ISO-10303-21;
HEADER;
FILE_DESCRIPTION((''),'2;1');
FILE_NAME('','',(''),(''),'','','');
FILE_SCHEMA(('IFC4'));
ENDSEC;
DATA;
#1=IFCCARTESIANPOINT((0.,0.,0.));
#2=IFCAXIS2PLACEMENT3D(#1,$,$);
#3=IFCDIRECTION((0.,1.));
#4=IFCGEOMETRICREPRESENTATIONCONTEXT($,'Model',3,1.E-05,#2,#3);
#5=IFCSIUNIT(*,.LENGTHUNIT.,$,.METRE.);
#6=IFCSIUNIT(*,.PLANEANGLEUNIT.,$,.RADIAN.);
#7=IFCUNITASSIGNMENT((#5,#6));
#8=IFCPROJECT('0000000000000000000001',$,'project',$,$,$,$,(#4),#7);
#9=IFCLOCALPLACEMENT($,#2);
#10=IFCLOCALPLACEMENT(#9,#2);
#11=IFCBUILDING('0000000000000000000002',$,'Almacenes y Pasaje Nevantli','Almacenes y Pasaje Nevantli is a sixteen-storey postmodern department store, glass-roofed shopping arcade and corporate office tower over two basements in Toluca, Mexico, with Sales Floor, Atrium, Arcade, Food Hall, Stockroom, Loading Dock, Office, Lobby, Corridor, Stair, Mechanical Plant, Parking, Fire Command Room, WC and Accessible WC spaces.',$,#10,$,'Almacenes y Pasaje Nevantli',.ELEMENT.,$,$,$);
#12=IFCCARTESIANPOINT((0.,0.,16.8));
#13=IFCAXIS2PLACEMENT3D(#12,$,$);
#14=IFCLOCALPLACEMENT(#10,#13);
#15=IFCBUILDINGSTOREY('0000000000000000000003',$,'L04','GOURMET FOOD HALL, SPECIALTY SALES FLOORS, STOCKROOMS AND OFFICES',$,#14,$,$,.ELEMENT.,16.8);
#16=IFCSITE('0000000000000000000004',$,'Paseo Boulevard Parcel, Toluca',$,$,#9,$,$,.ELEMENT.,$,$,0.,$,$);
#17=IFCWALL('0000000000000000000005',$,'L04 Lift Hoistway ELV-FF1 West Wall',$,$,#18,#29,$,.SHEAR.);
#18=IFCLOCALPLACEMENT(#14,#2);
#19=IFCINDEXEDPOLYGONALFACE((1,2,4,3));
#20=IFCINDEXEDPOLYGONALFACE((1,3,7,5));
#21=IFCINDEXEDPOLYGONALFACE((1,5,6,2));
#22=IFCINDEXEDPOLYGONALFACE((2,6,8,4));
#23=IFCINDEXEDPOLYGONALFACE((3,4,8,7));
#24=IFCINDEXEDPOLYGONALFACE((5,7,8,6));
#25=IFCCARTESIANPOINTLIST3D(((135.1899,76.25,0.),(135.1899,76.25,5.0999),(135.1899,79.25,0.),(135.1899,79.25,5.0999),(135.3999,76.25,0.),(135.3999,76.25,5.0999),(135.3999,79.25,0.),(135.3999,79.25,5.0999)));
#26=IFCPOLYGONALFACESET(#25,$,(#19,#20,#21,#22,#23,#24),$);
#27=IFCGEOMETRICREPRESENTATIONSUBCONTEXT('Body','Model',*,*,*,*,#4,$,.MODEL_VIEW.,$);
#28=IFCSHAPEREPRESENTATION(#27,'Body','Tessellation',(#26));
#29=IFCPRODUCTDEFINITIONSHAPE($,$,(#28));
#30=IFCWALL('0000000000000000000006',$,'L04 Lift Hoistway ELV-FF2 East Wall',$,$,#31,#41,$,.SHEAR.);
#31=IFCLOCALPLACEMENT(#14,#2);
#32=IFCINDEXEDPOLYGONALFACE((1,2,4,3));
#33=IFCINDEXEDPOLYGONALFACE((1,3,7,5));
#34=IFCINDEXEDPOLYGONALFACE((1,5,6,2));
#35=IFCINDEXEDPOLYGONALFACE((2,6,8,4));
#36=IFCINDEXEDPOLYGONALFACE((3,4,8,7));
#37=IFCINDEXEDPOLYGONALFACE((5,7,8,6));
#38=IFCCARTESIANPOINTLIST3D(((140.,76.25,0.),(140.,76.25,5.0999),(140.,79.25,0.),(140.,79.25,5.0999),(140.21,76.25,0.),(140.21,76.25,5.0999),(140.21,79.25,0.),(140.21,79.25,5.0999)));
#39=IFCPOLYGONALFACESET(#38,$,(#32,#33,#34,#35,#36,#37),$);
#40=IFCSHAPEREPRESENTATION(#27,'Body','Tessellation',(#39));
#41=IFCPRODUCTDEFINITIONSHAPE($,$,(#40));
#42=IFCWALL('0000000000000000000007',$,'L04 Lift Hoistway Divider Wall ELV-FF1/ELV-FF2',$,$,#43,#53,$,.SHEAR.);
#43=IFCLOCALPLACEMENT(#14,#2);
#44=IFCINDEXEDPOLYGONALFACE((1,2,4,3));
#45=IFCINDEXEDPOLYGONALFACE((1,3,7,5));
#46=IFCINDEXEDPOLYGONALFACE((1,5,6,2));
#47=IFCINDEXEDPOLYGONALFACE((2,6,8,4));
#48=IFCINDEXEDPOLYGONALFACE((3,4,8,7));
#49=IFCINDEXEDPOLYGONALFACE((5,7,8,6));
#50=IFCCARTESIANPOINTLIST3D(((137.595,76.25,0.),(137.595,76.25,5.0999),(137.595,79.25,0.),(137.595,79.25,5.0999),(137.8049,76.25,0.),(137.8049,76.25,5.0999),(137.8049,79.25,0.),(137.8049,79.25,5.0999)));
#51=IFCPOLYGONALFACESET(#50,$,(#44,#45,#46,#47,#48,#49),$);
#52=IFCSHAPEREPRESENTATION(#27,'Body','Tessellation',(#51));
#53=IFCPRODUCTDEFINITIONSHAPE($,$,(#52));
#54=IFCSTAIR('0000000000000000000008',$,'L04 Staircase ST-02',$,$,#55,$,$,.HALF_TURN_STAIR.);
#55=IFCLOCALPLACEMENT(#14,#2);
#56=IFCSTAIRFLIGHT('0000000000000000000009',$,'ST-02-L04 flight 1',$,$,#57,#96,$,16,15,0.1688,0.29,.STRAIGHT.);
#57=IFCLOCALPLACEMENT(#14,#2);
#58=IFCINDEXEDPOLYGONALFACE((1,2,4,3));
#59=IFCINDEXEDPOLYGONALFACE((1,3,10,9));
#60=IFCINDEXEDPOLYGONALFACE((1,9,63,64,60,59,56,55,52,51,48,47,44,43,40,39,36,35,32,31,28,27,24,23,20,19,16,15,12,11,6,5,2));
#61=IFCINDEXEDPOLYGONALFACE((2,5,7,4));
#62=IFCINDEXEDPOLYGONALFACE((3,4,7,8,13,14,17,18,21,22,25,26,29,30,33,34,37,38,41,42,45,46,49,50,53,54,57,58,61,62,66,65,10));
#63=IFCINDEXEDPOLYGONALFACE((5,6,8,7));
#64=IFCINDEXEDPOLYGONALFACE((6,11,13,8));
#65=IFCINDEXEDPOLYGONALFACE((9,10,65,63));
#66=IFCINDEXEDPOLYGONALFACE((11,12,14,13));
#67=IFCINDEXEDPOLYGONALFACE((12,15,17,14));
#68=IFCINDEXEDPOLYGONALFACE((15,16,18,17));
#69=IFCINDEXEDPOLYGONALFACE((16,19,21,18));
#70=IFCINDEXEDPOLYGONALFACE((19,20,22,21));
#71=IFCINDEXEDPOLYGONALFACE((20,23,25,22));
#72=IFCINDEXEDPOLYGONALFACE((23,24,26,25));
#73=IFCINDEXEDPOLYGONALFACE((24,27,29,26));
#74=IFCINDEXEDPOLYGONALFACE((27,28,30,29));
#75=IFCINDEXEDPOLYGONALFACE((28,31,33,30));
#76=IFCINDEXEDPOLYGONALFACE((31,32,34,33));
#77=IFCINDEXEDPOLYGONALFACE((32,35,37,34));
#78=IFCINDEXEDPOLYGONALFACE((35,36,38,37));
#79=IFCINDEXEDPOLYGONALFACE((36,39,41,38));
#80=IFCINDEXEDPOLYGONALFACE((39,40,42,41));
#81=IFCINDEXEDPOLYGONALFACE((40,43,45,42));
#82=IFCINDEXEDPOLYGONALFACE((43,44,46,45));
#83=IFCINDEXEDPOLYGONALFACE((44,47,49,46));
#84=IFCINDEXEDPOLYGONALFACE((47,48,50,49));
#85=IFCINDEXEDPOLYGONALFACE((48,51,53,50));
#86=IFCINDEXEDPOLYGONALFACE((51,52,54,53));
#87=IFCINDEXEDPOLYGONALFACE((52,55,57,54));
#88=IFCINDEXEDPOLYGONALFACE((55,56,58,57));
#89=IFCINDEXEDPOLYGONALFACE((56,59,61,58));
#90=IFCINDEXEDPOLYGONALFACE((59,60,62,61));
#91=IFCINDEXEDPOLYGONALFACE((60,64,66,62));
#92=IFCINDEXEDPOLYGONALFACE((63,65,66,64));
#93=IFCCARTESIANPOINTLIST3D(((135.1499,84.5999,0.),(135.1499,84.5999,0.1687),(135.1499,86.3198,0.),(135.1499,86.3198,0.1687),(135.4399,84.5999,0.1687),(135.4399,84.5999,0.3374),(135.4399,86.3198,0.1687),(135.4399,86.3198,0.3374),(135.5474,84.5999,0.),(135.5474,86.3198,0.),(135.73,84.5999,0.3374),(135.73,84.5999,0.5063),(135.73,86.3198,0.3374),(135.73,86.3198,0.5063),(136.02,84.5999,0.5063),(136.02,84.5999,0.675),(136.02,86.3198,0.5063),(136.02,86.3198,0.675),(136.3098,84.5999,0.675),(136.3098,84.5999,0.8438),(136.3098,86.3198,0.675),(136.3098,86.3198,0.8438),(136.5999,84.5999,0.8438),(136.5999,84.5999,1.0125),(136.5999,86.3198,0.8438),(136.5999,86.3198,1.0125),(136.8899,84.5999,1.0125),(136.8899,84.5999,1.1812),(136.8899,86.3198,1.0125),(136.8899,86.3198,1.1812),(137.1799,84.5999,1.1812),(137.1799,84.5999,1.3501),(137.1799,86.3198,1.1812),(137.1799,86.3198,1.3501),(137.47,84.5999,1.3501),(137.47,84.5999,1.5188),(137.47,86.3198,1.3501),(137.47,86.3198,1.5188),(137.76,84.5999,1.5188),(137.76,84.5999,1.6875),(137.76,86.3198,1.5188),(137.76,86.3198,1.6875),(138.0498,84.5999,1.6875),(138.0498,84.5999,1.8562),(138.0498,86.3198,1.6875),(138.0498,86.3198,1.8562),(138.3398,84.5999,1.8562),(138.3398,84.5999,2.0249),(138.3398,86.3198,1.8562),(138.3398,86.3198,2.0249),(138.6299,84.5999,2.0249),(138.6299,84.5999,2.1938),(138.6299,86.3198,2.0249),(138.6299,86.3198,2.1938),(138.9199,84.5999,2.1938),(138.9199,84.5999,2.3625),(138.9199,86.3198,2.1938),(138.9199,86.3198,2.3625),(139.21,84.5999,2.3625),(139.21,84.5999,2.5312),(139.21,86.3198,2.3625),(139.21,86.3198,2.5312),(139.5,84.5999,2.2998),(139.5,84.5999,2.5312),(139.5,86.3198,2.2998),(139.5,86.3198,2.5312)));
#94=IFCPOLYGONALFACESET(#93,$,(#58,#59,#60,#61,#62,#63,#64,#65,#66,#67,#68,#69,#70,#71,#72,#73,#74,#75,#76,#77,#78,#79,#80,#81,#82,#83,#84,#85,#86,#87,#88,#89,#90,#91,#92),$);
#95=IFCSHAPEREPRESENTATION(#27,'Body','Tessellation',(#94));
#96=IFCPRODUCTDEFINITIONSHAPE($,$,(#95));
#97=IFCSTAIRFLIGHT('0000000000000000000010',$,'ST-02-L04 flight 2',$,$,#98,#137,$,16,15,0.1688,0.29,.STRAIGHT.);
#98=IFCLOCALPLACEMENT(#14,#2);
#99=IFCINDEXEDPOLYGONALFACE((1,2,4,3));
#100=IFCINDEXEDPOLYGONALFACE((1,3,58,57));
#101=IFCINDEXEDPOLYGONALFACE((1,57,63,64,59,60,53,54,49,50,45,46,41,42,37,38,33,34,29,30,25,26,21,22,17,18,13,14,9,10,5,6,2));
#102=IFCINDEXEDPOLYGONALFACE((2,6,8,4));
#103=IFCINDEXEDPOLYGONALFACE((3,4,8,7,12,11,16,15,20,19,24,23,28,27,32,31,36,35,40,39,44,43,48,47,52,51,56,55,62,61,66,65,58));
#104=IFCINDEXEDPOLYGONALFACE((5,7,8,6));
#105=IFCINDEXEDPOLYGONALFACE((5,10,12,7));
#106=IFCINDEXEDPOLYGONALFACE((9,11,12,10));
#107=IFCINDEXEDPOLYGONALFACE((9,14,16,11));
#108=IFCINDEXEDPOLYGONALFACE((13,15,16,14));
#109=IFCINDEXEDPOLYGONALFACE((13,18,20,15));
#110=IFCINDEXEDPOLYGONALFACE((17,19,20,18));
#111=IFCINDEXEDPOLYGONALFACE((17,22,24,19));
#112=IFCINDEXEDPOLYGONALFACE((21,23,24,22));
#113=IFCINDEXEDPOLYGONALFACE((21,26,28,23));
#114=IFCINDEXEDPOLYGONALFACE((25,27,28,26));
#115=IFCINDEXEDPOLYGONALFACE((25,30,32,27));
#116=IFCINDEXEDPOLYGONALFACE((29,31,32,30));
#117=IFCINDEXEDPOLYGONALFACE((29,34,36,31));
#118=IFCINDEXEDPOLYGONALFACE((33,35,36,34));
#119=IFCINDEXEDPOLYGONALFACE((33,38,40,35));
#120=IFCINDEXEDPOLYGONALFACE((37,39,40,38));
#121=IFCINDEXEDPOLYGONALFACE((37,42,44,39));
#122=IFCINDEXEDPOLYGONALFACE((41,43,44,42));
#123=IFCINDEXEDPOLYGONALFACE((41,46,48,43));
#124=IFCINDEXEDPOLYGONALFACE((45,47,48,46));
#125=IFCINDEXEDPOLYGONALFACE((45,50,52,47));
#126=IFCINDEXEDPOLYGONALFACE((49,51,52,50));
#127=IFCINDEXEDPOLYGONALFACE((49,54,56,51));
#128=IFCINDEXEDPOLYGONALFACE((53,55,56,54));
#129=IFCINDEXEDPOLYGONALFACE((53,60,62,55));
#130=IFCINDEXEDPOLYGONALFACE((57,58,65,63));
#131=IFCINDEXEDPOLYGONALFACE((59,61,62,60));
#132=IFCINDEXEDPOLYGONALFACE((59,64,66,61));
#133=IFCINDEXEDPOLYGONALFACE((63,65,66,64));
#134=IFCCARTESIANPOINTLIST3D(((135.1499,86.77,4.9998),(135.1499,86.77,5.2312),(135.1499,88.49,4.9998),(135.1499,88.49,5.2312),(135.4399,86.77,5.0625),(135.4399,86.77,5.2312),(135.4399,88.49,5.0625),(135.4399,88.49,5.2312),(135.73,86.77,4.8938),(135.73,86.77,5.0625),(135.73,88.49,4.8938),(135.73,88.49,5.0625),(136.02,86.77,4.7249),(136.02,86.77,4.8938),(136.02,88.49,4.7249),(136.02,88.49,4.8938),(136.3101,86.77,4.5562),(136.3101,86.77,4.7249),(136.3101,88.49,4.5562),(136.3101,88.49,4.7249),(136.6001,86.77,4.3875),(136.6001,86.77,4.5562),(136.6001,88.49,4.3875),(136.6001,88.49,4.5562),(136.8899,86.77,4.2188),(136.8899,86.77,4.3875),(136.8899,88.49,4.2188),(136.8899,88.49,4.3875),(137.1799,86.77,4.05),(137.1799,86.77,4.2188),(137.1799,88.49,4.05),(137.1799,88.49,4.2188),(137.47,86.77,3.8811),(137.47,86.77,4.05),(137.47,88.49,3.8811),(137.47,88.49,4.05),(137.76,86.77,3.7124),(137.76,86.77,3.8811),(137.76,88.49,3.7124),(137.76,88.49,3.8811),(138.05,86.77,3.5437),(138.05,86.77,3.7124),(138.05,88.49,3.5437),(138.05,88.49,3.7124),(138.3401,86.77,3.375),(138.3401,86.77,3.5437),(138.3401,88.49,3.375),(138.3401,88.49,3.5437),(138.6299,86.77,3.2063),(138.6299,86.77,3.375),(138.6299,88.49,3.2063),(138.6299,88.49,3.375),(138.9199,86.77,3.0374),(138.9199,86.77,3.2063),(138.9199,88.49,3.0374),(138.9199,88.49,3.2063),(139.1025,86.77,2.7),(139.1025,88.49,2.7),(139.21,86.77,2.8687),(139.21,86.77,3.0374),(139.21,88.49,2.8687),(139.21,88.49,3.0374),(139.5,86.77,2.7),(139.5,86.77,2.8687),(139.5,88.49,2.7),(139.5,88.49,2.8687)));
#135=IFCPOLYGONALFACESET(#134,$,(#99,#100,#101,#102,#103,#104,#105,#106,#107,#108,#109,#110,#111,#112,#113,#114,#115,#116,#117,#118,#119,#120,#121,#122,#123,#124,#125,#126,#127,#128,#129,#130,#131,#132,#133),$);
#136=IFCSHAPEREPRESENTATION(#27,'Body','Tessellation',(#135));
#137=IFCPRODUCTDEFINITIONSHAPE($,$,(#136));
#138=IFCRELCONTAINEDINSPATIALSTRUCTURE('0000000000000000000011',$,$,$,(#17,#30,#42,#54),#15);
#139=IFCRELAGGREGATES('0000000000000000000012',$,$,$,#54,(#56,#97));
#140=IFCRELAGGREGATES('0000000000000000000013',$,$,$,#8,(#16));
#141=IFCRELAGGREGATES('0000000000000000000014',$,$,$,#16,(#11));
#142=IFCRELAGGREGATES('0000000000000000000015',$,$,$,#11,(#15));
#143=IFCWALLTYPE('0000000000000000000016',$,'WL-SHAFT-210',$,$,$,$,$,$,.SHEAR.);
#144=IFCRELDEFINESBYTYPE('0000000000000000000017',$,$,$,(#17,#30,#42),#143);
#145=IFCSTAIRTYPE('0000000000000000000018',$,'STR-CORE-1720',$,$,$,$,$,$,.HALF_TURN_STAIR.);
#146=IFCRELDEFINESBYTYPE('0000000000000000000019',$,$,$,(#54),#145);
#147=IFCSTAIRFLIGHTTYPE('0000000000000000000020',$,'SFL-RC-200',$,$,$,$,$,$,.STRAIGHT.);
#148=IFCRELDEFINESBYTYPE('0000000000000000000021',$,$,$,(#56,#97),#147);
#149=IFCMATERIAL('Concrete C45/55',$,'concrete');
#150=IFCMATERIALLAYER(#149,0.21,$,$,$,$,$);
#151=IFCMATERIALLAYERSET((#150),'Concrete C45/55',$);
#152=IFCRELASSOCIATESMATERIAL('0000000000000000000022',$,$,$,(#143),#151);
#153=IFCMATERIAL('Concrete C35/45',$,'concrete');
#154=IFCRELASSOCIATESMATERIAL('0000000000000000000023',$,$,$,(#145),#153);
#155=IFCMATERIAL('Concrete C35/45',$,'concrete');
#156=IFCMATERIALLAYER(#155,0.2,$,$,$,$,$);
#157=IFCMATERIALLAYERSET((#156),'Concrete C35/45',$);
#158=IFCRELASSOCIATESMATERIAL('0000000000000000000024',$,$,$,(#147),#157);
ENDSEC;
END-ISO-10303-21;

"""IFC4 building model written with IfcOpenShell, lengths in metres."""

from ifc_helpers import new_model, si_unit, direction, frame, frame_2d, origin, place, context, subcontext, project, spatial, polyline, rectangle, outline, extrude, material, layer, layer_set, type_object, element, aggregate, save


model = new_model("IFC4")

# Units and contexts
model_context = context("Model", 3, precision=1e-05, world=origin(), true_north=direction((0.0, 1.0)))
body_context = subcontext(model_context, "Body", "Model", "MODEL_VIEW")
ifc_project = project(units=[si_unit("LENGTHUNIT", "METRE"), si_unit("PLANEANGLEUNIT", "RADIAN")], contexts=[model_context])

# Site, building, storey
site_placement = place(None, origin())
site = spatial("IfcSite", under=ifc_project, at=site_placement, Name="Paseo Boulevard Parcel, Toluca", CompositionType="ELEMENT", RefElevation=0.0)
building_placement = place(site_placement, origin())
building = spatial("IfcBuilding", under=site, at=building_placement, Name="Almacenes y Pasaje Nevantli", Description="Almacenes y Pasaje Nevantli is a sixteen-storey postmodern department store, glass-roofed shopping arcade and corporate office tower over two basements in Toluca, Mexico, with Sales Floor, Atrium, Arcade, Food Hall, Stockroom, Loading Dock, Office, Lobby, Corridor, Stair, Mechanical Plant, Parking, Fire Command Room, WC and Accessible WC spaces.", LongName="Almacenes y Pasaje Nevantli", CompositionType="ELEMENT")
storey_placement = place(building_placement, frame((0.0, 0.0, 16.8)))
storey = spatial("IfcBuildingStorey", under=building, at=storey_placement, Name="L04", Description="GOURMET FOOD HALL, SPECIALTY SALES FLOORS, STOCKROOMS AND OFFICES", CompositionType="ELEMENT", Elevation=16.8)

# Shared definitions
ifc_material_1 = material(Name="Concrete C45/55", Category="concrete")
ifc_layer_1 = layer(ifc_material_1, 0.21)
ifc_layer_set_1 = layer_set([ifc_layer_1], Name="Concrete C45/55")
wall_type_1 = type_object("IfcWallType", Name="WL-SHAFT-210", PredefinedType="SHEAR", material=ifc_layer_set_1)

# Walls
for number, where, z_axis, x_axis, name in (
    (1, (135.2949, 76.25, 0.0), (0.0, 0.0, 1.0), (0.0, 1.0, 0.0), "L04 Lift Hoistway ELV-FF1 West Wall"),
    (2, (140.105, 76.25, 0.0), (0.0, 0.0, 1.0), (0.0, 1.0, 0.0), "L04 Lift Hoistway ELV-FF2 East Wall"),
    (3, (137.7, 76.25, 0.0), (0.0, 0.0, 1.0), (0.0, 1.0, 0.0), "L04 Lift Hoistway Divider Wall ELV-FF1/ELV-FF2"),
):
    element("IfcWall", number, at=place(storey_placement, frame(where, z_axis=z_axis, x_axis=x_axis)), inside=storey, type_object=wall_type_1, Name=name, PredefinedType="SHEAR", context=body_context, shape_type="SweptSolid", body=[
        extrude(rectangle(XDim=3.0, YDim=0.21, at=frame_2d((1.5, 0.0))), origin(), (0.0, 0.0, 1.0), 5.0999),
    ])

# Stair, stair flights
ifc_material_2 = material(Name="Concrete C35/45", Category="concrete")
stair_type = type_object("IfcStairType", Name="STR-CORE-1720", PredefinedType="HALF_TURN_STAIR", material=ifc_material_2)
stair_placement = place(storey_placement, origin())
stair = element("IfcStair", 4, at=stair_placement, inside=storey, type_object=stair_type, Name="L04 Staircase ST-02", PredefinedType="HALF_TURN_STAIR")
ifc_material_3 = material(Name="Concrete C35/45", Category="concrete")
ifc_layer_2 = layer(ifc_material_3, 0.2)
ifc_layer_set_2 = layer_set([ifc_layer_2], Name="Concrete C35/45")
stair_flight_type = type_object("IfcStairFlightType", Name="SFL-RC-200", PredefinedType="STRAIGHT", material=ifc_layer_set_2)
stair_flight_1_placement = place(storey_placement, frame((135.1499, 85.46, 0.0), z_axis=(0.0, 0.0, 1.0), x_axis=(1.0, 0.0, 0.0)))
stair_flight_1 = element("IfcStairFlight", 5, at=stair_flight_1_placement, type_object=stair_flight_type, Name="ST-02-L04 flight 1", NumberOfRisers=16, NumberOfTreads=15, PredefinedType="STRAIGHT", RiserHeight=0.1688, TreadLength=0.29, context=body_context, shape_type="SweptSolid", body=[
    extrude(outline(polyline([(0.0, 0.0), (0.0, 0.1687), (0.29, 0.1687), (0.29, 0.3374), (0.5801, 0.3374), (0.5801, 0.5063), (0.8701, 0.5063), (0.8701, 0.675), (1.1599, 0.675), (1.1599, 0.8438), (1.45, 0.8438), (1.45, 1.0125), (1.74, 1.0125), (1.74, 1.1812), (2.03, 1.1812), (2.03, 1.3501), (2.3201, 1.3501), (2.3201, 1.5188), (2.6101, 1.5188), (2.6101, 1.6875), (2.8999, 1.6875), (2.8999, 1.8562), (3.1899, 1.8562), (3.1899, 2.0249), (3.48, 2.0249), (3.48, 2.1938), (3.77, 2.1938), (3.77, 2.3625), (4.0601, 2.3625), (4.0601, 2.5312), (4.3501, 2.5312), (4.3501, 2.7), (4.3501, 2.2998), (0.3975, 0.0), (0.0, 0.0)])), frame((0.0, 0.8599, 0.0), z_axis=(0.0, -1.0, 0.0), x_axis=(1.0, 0.0, 0.0)), (0.0, 0.0, 1.0), 1.72),
])
stair_flight_2_placement = place(storey_placement, frame((139.5, 87.6299, 2.7), z_axis=(0.0, 0.0, 1.0), x_axis=(-1.0, 0.0, 0.0)))
stair_flight_2 = element("IfcStairFlight", 6, at=stair_flight_2_placement, type_object=stair_flight_type, Name="ST-02-L04 flight 2", NumberOfRisers=16, NumberOfTreads=15, PredefinedType="STRAIGHT", RiserHeight=0.1688, TreadLength=0.29, context=body_context, shape_type="SweptSolid", body=[
    extrude(outline(polyline([(0.0, 0.0), (0.0, 0.1687), (0.29, 0.1687), (0.29, 0.3374), (0.5801, 0.3374), (0.5801, 0.5063), (0.8701, 0.5063), (0.8701, 0.675), (1.1599, 0.675), (1.1599, 0.8438), (1.45, 0.8438), (1.45, 1.0125), (1.74, 1.0125), (1.74, 1.1812), (2.03, 1.1812), (2.03, 1.3501), (2.3201, 1.3501), (2.3201, 1.5188), (2.6101, 1.5188), (2.6101, 1.6875), (2.8999, 1.6875), (2.8999, 1.8562), (3.1899, 1.8562), (3.1899, 2.0249), (3.48, 2.0249), (3.48, 2.1938), (3.77, 2.1938), (3.77, 2.3625), (4.0601, 2.3625), (4.0601, 2.5312), (4.3501, 2.5312), (4.3501, 2.7), (4.3501, 2.2998), (0.3975, 0.0), (0.0, 0.0)])), frame((0.0, 0.8599, 0.0), z_axis=(0.0, -1.0, 0.0), x_axis=(1.0, 0.0, 0.0)), (0.0, 0.0, 1.0), 1.72),
])
aggregate(stair, [stair_flight_1, stair_flight_2])

save(model, "model.ifc")
